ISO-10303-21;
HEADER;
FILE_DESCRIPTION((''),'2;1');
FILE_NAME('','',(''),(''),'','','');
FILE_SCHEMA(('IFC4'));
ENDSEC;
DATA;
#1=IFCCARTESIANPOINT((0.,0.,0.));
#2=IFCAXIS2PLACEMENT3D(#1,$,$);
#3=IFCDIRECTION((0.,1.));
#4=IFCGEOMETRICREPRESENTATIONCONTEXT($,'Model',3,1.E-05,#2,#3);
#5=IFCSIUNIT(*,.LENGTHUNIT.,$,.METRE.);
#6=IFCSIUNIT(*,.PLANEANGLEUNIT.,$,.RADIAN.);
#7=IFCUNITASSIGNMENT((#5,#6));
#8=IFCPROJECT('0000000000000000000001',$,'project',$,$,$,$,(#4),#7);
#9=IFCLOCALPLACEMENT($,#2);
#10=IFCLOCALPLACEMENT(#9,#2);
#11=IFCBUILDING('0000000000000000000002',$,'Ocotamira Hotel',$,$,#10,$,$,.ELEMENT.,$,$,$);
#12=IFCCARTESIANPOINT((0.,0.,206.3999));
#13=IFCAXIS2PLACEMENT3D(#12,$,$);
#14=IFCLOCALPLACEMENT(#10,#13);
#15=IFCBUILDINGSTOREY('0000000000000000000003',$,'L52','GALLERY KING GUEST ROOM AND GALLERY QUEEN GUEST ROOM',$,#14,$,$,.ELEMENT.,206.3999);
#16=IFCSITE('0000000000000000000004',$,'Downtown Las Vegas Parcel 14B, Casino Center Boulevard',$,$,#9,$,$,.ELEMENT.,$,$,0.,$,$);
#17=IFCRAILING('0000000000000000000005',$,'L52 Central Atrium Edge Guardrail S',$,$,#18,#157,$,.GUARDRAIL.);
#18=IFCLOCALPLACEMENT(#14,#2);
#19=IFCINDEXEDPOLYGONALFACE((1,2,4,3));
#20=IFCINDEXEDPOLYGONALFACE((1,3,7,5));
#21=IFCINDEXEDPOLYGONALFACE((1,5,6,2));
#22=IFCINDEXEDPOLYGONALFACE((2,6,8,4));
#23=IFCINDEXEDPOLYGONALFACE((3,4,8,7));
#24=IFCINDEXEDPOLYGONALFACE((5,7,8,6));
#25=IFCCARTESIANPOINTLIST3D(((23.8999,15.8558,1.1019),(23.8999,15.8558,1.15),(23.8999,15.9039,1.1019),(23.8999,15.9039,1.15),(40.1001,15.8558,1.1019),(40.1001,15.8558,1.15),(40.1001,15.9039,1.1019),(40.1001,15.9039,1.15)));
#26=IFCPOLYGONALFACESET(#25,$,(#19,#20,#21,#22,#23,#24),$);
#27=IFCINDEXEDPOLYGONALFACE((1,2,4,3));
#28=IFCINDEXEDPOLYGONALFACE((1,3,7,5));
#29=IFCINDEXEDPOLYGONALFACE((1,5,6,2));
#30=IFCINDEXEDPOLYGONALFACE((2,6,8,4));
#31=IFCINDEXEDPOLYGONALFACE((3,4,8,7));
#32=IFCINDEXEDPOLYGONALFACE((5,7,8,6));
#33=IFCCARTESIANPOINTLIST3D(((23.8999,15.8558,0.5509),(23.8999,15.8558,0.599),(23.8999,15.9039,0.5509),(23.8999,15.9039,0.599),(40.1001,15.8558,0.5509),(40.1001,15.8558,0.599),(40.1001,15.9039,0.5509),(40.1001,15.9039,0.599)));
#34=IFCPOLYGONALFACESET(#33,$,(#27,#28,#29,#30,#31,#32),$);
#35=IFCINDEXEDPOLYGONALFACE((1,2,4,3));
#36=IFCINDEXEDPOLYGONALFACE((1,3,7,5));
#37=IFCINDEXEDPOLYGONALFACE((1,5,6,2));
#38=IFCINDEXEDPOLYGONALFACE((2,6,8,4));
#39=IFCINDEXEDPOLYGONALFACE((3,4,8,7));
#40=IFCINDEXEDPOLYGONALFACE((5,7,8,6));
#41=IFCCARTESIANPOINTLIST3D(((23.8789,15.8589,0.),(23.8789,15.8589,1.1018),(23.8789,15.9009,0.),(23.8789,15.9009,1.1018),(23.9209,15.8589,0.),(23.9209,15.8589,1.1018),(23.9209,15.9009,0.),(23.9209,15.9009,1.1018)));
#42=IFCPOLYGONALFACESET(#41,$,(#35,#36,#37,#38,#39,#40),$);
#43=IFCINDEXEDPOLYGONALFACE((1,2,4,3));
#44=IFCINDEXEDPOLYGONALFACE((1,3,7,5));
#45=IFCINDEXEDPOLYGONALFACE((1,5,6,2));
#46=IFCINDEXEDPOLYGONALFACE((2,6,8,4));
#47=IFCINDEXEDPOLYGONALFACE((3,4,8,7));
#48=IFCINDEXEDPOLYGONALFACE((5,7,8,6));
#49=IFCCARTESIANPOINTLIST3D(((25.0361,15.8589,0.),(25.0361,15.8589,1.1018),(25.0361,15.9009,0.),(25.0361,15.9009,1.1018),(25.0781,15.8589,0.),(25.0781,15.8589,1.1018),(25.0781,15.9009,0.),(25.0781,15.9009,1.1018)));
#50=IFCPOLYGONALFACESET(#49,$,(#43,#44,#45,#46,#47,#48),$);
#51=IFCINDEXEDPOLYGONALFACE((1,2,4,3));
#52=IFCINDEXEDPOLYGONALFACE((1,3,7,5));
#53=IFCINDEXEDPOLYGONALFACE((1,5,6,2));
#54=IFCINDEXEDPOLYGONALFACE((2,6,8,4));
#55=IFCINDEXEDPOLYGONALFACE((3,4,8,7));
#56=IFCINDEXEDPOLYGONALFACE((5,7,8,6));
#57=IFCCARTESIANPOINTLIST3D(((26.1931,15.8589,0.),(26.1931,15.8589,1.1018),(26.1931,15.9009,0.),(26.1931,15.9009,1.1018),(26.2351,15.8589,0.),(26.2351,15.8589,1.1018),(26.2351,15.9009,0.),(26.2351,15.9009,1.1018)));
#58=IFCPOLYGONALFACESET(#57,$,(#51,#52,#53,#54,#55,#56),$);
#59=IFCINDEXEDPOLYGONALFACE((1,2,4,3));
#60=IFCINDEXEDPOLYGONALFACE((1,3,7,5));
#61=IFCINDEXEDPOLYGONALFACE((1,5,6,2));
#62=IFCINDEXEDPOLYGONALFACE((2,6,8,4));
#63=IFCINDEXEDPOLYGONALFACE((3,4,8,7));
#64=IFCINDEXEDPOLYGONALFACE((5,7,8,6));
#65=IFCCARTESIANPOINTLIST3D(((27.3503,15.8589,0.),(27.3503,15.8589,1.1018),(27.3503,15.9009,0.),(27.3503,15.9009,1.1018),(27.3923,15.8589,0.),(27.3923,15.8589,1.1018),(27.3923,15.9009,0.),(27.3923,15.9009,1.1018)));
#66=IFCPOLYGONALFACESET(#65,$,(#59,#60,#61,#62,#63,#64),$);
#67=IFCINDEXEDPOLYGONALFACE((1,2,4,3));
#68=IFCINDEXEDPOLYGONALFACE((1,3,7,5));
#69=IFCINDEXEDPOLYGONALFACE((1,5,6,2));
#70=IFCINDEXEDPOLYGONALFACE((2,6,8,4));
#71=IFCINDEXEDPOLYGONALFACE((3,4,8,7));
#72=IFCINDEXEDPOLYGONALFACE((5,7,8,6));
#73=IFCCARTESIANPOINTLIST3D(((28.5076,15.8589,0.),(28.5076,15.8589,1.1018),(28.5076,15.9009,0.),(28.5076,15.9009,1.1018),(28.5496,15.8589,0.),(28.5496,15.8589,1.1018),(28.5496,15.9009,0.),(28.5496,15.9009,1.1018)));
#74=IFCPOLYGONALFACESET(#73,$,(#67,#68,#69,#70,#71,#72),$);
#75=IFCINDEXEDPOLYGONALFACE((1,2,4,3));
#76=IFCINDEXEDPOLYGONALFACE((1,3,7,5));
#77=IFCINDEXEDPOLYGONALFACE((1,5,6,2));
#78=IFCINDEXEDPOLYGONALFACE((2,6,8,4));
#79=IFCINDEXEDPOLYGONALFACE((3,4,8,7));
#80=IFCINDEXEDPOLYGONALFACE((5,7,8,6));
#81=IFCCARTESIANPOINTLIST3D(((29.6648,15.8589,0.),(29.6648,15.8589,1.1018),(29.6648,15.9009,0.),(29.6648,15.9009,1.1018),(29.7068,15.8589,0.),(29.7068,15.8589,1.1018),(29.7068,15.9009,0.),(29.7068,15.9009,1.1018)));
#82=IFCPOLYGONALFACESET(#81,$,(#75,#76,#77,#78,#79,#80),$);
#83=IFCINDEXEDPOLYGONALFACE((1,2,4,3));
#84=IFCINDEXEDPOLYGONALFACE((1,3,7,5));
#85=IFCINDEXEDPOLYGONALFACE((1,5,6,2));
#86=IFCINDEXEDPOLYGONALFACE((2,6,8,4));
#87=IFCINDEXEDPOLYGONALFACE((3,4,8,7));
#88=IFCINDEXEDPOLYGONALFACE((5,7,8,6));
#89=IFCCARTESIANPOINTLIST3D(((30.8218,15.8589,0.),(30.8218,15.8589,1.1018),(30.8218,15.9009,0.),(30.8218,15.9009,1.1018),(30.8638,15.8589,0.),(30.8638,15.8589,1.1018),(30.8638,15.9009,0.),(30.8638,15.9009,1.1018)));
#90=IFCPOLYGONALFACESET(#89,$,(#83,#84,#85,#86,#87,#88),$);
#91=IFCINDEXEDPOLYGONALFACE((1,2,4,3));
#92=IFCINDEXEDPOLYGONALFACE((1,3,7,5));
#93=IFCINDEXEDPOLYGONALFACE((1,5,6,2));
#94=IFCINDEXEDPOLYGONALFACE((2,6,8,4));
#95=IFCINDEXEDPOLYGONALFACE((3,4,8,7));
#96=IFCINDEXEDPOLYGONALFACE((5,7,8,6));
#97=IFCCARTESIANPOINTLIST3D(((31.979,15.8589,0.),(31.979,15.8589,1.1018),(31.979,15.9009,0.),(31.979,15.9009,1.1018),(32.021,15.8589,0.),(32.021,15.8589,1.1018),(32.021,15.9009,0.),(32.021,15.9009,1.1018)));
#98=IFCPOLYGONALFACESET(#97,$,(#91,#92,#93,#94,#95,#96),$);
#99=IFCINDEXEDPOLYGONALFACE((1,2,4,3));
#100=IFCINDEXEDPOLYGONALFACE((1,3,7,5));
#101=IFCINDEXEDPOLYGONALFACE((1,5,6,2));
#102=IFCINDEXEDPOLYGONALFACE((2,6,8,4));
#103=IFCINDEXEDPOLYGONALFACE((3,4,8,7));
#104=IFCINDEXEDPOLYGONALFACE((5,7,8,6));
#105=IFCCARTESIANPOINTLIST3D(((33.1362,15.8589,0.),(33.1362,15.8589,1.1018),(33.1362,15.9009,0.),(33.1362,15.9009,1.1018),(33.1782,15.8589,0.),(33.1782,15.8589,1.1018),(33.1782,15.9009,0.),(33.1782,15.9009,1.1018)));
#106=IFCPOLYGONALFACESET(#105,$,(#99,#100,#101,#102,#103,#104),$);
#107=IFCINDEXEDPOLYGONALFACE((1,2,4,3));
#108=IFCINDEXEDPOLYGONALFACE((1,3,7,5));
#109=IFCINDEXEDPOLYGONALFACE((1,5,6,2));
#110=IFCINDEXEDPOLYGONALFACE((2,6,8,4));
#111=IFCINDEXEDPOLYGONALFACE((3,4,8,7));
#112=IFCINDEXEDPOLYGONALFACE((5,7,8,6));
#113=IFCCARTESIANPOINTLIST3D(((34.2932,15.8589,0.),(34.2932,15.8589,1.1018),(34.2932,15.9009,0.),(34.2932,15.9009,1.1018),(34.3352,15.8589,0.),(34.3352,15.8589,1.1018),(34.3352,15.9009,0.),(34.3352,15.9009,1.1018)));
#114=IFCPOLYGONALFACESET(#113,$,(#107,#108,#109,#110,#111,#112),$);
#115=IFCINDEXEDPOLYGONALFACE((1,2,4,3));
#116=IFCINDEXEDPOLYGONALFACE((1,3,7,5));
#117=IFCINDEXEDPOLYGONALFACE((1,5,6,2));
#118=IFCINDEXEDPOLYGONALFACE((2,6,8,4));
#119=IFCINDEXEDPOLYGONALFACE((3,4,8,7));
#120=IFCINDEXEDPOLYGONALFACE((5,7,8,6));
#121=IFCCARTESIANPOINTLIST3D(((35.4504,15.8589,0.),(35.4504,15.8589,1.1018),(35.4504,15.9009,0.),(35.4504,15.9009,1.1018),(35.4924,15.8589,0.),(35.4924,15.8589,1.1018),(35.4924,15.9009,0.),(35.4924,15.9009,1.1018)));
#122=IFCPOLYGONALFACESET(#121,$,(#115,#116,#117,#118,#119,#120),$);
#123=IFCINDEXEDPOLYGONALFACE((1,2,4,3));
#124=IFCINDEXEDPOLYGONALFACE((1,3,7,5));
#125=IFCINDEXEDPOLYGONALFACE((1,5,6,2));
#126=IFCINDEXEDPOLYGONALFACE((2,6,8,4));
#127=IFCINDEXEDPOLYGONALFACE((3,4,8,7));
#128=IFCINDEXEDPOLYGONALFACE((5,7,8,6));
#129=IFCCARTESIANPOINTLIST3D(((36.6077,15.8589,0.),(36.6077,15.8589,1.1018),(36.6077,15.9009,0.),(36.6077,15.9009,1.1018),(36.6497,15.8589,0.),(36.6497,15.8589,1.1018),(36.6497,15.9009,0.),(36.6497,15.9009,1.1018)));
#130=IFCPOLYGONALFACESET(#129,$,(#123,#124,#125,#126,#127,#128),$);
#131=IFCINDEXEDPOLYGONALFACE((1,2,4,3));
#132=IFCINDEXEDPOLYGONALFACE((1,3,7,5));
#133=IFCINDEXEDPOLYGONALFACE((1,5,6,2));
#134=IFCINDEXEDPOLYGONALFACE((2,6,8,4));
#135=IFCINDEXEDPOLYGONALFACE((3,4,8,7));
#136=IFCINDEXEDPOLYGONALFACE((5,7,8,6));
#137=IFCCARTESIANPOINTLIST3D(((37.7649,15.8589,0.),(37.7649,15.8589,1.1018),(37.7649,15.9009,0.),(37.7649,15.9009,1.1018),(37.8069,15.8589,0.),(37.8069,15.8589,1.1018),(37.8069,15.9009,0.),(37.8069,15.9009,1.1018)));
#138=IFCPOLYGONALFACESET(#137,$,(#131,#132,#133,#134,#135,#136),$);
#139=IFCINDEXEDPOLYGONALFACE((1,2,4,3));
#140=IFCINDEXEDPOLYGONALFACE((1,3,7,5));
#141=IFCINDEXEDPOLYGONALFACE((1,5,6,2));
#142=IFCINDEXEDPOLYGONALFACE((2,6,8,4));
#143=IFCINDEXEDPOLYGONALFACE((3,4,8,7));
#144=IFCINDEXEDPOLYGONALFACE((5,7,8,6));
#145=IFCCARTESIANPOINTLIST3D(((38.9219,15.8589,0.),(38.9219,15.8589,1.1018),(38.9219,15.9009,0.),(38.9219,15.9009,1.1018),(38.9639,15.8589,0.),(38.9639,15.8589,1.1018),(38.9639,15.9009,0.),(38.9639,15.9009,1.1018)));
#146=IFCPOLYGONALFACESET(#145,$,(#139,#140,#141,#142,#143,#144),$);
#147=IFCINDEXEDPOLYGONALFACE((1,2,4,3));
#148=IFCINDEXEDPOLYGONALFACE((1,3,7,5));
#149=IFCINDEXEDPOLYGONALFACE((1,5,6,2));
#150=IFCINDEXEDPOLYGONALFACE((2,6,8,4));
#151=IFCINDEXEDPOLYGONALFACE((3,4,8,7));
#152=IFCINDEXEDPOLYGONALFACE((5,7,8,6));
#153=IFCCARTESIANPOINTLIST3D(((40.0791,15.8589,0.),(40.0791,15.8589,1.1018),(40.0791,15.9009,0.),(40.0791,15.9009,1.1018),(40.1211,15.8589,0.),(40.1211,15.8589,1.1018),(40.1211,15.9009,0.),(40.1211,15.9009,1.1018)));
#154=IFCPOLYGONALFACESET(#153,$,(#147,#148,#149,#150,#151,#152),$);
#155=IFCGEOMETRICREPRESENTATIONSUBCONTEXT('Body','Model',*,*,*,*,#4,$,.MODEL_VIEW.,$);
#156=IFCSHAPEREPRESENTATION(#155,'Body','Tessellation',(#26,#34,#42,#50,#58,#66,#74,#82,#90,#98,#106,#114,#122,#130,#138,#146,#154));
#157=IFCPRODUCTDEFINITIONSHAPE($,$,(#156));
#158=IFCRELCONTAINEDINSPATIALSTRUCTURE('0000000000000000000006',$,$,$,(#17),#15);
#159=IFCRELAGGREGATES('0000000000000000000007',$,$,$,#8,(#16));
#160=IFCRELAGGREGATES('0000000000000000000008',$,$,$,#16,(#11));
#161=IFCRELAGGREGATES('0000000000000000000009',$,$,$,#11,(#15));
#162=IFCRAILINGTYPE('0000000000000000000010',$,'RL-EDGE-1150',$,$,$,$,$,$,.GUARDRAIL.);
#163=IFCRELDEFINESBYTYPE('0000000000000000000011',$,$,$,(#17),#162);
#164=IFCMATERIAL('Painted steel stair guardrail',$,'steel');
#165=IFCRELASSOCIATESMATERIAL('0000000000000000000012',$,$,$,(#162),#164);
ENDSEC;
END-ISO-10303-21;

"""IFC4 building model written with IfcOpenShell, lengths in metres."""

from ifc_helpers import new_model, si_unit, direction, frame, origin, origin_2d, place, context, subcontext, project, spatial, rectangle, extrude, material, type_object, element, save


model = new_model("IFC4")

# Units and contexts
model_context = context("Model", 3, precision=1e-05, world=origin(), true_north=direction((0.0, 1.0)))
body_context = subcontext(model_context, "Body", "Model", "MODEL_VIEW")
ifc_project = project(units=[si_unit("LENGTHUNIT", "METRE"), si_unit("PLANEANGLEUNIT", "RADIAN")], contexts=[model_context])

# Site, building, storey
site_placement = place(None, origin())
site = spatial("IfcSite", under=ifc_project, at=site_placement, Name="Downtown Las Vegas Parcel 14B, Casino Center Boulevard", CompositionType="ELEMENT", RefElevation=0.0)
building_placement = place(site_placement, origin())
building = spatial("IfcBuilding", under=site, at=building_placement, Name="Ocotamira Hotel", CompositionType="ELEMENT")
storey_placement = place(building_placement, frame((0.0, 0.0, 206.3999)))
storey = spatial("IfcBuildingStorey", under=building, at=storey_placement, Name="L52", Description="GALLERY KING GUEST ROOM AND GALLERY QUEEN GUEST ROOM", CompositionType="ELEMENT", Elevation=206.3999)

# Railing
ifc_material_1 = material(Name="Painted steel stair guardrail", Category="steel")
railing_type = type_object("IfcRailingType", Name="RL-EDGE-1150", PredefinedType="GUARDRAIL", material=ifc_material_1)
railing_1_placement = place(storey_placement, frame((23.8999, 15.8799, 0.0)))
element("IfcRailing", 1, at=railing_1_placement, inside=storey, type_object=railing_type, Name="L52 Central Atrium Edge Guardrail S", PredefinedType="GUARDRAIL", context=body_context, shape_type="SweptSolid", body=[
    extrude(rectangle(XDim=0.0481, YDim=0.0481, at=origin_2d()), frame((0.0, 0.0, 1.126), z_axis=(1.0, 0.0, 0.0), x_axis=(0.0, 1.0, 0.0)), (0.0, 0.0, 1.0), 16.2002),
    extrude(rectangle(XDim=0.0481, YDim=0.0481, at=origin_2d()), frame((0.0, 0.0, 0.575), z_axis=(1.0, 0.0, 0.0), x_axis=(0.0, 1.0, 0.0)), (0.0, 0.0, 1.0), 16.2002),
    extrude(rectangle(XDim=0.042, YDim=0.042, at=origin_2d()), origin(), (0.0, 0.0, 1.0), 1.1018),
    extrude(rectangle(XDim=0.042, YDim=0.042, at=origin_2d()), frame((1.1572, 0.0, 0.0)), (0.0, 0.0, 1.0), 1.1018),
    extrude(rectangle(XDim=0.042, YDim=0.042, at=origin_2d()), frame((2.3142, 0.0, 0.0)), (0.0, 0.0, 1.0), 1.1018),
    extrude(rectangle(XDim=0.042, YDim=0.042, at=origin_2d()), frame((3.4714, 0.0, 0.0)), (0.0, 0.0, 1.0), 1.1018),
    extrude(rectangle(XDim=0.042, YDim=0.042, at=origin_2d()), frame((4.6287, 0.0, 0.0)), (0.0, 0.0, 1.0), 1.1018),
    extrude(rectangle(XDim=0.042, YDim=0.042, at=origin_2d()), frame((5.7859, 0.0, 0.0)), (0.0, 0.0, 1.0), 1.1018),
    extrude(rectangle(XDim=0.042, YDim=0.042, at=origin_2d()), frame((6.9429, 0.0, 0.0)), (0.0, 0.0, 1.0), 1.1018),
    extrude(rectangle(XDim=0.042, YDim=0.042, at=origin_2d()), frame((8.1001, 0.0, 0.0)), (0.0, 0.0, 1.0), 1.1018),
    extrude(rectangle(XDim=0.042, YDim=0.042, at=origin_2d()), frame((9.2573, 0.0, 0.0)), (0.0, 0.0, 1.0), 1.1018),
    extrude(rectangle(XDim=0.042, YDim=0.042, at=origin_2d()), frame((10.4143, 0.0, 0.0)), (0.0, 0.0, 1.0), 1.1018),
    extrude(rectangle(XDim=0.042, YDim=0.042, at=origin_2d()), frame((11.5715, 0.0, 0.0)), (0.0, 0.0, 1.0), 1.1018),
    extrude(rectangle(XDim=0.042, YDim=0.042, at=origin_2d()), frame((12.7288, 0.0, 0.0)), (0.0, 0.0, 1.0), 1.1018),
    extrude(rectangle(XDim=0.042, YDim=0.042, at=origin_2d()), frame((13.886, 0.0, 0.0)), (0.0, 0.0, 1.0), 1.1018),
    extrude(rectangle(XDim=0.042, YDim=0.042, at=origin_2d()), frame((15.043, 0.0, 0.0)), (0.0, 0.0, 1.0), 1.1018),
    extrude(rectangle(XDim=0.042, YDim=0.042, at=origin_2d()), frame((16.2002, 0.0, 0.0)), (0.0, 0.0, 1.0), 1.1018),
])

save(model, "model.ifc")
